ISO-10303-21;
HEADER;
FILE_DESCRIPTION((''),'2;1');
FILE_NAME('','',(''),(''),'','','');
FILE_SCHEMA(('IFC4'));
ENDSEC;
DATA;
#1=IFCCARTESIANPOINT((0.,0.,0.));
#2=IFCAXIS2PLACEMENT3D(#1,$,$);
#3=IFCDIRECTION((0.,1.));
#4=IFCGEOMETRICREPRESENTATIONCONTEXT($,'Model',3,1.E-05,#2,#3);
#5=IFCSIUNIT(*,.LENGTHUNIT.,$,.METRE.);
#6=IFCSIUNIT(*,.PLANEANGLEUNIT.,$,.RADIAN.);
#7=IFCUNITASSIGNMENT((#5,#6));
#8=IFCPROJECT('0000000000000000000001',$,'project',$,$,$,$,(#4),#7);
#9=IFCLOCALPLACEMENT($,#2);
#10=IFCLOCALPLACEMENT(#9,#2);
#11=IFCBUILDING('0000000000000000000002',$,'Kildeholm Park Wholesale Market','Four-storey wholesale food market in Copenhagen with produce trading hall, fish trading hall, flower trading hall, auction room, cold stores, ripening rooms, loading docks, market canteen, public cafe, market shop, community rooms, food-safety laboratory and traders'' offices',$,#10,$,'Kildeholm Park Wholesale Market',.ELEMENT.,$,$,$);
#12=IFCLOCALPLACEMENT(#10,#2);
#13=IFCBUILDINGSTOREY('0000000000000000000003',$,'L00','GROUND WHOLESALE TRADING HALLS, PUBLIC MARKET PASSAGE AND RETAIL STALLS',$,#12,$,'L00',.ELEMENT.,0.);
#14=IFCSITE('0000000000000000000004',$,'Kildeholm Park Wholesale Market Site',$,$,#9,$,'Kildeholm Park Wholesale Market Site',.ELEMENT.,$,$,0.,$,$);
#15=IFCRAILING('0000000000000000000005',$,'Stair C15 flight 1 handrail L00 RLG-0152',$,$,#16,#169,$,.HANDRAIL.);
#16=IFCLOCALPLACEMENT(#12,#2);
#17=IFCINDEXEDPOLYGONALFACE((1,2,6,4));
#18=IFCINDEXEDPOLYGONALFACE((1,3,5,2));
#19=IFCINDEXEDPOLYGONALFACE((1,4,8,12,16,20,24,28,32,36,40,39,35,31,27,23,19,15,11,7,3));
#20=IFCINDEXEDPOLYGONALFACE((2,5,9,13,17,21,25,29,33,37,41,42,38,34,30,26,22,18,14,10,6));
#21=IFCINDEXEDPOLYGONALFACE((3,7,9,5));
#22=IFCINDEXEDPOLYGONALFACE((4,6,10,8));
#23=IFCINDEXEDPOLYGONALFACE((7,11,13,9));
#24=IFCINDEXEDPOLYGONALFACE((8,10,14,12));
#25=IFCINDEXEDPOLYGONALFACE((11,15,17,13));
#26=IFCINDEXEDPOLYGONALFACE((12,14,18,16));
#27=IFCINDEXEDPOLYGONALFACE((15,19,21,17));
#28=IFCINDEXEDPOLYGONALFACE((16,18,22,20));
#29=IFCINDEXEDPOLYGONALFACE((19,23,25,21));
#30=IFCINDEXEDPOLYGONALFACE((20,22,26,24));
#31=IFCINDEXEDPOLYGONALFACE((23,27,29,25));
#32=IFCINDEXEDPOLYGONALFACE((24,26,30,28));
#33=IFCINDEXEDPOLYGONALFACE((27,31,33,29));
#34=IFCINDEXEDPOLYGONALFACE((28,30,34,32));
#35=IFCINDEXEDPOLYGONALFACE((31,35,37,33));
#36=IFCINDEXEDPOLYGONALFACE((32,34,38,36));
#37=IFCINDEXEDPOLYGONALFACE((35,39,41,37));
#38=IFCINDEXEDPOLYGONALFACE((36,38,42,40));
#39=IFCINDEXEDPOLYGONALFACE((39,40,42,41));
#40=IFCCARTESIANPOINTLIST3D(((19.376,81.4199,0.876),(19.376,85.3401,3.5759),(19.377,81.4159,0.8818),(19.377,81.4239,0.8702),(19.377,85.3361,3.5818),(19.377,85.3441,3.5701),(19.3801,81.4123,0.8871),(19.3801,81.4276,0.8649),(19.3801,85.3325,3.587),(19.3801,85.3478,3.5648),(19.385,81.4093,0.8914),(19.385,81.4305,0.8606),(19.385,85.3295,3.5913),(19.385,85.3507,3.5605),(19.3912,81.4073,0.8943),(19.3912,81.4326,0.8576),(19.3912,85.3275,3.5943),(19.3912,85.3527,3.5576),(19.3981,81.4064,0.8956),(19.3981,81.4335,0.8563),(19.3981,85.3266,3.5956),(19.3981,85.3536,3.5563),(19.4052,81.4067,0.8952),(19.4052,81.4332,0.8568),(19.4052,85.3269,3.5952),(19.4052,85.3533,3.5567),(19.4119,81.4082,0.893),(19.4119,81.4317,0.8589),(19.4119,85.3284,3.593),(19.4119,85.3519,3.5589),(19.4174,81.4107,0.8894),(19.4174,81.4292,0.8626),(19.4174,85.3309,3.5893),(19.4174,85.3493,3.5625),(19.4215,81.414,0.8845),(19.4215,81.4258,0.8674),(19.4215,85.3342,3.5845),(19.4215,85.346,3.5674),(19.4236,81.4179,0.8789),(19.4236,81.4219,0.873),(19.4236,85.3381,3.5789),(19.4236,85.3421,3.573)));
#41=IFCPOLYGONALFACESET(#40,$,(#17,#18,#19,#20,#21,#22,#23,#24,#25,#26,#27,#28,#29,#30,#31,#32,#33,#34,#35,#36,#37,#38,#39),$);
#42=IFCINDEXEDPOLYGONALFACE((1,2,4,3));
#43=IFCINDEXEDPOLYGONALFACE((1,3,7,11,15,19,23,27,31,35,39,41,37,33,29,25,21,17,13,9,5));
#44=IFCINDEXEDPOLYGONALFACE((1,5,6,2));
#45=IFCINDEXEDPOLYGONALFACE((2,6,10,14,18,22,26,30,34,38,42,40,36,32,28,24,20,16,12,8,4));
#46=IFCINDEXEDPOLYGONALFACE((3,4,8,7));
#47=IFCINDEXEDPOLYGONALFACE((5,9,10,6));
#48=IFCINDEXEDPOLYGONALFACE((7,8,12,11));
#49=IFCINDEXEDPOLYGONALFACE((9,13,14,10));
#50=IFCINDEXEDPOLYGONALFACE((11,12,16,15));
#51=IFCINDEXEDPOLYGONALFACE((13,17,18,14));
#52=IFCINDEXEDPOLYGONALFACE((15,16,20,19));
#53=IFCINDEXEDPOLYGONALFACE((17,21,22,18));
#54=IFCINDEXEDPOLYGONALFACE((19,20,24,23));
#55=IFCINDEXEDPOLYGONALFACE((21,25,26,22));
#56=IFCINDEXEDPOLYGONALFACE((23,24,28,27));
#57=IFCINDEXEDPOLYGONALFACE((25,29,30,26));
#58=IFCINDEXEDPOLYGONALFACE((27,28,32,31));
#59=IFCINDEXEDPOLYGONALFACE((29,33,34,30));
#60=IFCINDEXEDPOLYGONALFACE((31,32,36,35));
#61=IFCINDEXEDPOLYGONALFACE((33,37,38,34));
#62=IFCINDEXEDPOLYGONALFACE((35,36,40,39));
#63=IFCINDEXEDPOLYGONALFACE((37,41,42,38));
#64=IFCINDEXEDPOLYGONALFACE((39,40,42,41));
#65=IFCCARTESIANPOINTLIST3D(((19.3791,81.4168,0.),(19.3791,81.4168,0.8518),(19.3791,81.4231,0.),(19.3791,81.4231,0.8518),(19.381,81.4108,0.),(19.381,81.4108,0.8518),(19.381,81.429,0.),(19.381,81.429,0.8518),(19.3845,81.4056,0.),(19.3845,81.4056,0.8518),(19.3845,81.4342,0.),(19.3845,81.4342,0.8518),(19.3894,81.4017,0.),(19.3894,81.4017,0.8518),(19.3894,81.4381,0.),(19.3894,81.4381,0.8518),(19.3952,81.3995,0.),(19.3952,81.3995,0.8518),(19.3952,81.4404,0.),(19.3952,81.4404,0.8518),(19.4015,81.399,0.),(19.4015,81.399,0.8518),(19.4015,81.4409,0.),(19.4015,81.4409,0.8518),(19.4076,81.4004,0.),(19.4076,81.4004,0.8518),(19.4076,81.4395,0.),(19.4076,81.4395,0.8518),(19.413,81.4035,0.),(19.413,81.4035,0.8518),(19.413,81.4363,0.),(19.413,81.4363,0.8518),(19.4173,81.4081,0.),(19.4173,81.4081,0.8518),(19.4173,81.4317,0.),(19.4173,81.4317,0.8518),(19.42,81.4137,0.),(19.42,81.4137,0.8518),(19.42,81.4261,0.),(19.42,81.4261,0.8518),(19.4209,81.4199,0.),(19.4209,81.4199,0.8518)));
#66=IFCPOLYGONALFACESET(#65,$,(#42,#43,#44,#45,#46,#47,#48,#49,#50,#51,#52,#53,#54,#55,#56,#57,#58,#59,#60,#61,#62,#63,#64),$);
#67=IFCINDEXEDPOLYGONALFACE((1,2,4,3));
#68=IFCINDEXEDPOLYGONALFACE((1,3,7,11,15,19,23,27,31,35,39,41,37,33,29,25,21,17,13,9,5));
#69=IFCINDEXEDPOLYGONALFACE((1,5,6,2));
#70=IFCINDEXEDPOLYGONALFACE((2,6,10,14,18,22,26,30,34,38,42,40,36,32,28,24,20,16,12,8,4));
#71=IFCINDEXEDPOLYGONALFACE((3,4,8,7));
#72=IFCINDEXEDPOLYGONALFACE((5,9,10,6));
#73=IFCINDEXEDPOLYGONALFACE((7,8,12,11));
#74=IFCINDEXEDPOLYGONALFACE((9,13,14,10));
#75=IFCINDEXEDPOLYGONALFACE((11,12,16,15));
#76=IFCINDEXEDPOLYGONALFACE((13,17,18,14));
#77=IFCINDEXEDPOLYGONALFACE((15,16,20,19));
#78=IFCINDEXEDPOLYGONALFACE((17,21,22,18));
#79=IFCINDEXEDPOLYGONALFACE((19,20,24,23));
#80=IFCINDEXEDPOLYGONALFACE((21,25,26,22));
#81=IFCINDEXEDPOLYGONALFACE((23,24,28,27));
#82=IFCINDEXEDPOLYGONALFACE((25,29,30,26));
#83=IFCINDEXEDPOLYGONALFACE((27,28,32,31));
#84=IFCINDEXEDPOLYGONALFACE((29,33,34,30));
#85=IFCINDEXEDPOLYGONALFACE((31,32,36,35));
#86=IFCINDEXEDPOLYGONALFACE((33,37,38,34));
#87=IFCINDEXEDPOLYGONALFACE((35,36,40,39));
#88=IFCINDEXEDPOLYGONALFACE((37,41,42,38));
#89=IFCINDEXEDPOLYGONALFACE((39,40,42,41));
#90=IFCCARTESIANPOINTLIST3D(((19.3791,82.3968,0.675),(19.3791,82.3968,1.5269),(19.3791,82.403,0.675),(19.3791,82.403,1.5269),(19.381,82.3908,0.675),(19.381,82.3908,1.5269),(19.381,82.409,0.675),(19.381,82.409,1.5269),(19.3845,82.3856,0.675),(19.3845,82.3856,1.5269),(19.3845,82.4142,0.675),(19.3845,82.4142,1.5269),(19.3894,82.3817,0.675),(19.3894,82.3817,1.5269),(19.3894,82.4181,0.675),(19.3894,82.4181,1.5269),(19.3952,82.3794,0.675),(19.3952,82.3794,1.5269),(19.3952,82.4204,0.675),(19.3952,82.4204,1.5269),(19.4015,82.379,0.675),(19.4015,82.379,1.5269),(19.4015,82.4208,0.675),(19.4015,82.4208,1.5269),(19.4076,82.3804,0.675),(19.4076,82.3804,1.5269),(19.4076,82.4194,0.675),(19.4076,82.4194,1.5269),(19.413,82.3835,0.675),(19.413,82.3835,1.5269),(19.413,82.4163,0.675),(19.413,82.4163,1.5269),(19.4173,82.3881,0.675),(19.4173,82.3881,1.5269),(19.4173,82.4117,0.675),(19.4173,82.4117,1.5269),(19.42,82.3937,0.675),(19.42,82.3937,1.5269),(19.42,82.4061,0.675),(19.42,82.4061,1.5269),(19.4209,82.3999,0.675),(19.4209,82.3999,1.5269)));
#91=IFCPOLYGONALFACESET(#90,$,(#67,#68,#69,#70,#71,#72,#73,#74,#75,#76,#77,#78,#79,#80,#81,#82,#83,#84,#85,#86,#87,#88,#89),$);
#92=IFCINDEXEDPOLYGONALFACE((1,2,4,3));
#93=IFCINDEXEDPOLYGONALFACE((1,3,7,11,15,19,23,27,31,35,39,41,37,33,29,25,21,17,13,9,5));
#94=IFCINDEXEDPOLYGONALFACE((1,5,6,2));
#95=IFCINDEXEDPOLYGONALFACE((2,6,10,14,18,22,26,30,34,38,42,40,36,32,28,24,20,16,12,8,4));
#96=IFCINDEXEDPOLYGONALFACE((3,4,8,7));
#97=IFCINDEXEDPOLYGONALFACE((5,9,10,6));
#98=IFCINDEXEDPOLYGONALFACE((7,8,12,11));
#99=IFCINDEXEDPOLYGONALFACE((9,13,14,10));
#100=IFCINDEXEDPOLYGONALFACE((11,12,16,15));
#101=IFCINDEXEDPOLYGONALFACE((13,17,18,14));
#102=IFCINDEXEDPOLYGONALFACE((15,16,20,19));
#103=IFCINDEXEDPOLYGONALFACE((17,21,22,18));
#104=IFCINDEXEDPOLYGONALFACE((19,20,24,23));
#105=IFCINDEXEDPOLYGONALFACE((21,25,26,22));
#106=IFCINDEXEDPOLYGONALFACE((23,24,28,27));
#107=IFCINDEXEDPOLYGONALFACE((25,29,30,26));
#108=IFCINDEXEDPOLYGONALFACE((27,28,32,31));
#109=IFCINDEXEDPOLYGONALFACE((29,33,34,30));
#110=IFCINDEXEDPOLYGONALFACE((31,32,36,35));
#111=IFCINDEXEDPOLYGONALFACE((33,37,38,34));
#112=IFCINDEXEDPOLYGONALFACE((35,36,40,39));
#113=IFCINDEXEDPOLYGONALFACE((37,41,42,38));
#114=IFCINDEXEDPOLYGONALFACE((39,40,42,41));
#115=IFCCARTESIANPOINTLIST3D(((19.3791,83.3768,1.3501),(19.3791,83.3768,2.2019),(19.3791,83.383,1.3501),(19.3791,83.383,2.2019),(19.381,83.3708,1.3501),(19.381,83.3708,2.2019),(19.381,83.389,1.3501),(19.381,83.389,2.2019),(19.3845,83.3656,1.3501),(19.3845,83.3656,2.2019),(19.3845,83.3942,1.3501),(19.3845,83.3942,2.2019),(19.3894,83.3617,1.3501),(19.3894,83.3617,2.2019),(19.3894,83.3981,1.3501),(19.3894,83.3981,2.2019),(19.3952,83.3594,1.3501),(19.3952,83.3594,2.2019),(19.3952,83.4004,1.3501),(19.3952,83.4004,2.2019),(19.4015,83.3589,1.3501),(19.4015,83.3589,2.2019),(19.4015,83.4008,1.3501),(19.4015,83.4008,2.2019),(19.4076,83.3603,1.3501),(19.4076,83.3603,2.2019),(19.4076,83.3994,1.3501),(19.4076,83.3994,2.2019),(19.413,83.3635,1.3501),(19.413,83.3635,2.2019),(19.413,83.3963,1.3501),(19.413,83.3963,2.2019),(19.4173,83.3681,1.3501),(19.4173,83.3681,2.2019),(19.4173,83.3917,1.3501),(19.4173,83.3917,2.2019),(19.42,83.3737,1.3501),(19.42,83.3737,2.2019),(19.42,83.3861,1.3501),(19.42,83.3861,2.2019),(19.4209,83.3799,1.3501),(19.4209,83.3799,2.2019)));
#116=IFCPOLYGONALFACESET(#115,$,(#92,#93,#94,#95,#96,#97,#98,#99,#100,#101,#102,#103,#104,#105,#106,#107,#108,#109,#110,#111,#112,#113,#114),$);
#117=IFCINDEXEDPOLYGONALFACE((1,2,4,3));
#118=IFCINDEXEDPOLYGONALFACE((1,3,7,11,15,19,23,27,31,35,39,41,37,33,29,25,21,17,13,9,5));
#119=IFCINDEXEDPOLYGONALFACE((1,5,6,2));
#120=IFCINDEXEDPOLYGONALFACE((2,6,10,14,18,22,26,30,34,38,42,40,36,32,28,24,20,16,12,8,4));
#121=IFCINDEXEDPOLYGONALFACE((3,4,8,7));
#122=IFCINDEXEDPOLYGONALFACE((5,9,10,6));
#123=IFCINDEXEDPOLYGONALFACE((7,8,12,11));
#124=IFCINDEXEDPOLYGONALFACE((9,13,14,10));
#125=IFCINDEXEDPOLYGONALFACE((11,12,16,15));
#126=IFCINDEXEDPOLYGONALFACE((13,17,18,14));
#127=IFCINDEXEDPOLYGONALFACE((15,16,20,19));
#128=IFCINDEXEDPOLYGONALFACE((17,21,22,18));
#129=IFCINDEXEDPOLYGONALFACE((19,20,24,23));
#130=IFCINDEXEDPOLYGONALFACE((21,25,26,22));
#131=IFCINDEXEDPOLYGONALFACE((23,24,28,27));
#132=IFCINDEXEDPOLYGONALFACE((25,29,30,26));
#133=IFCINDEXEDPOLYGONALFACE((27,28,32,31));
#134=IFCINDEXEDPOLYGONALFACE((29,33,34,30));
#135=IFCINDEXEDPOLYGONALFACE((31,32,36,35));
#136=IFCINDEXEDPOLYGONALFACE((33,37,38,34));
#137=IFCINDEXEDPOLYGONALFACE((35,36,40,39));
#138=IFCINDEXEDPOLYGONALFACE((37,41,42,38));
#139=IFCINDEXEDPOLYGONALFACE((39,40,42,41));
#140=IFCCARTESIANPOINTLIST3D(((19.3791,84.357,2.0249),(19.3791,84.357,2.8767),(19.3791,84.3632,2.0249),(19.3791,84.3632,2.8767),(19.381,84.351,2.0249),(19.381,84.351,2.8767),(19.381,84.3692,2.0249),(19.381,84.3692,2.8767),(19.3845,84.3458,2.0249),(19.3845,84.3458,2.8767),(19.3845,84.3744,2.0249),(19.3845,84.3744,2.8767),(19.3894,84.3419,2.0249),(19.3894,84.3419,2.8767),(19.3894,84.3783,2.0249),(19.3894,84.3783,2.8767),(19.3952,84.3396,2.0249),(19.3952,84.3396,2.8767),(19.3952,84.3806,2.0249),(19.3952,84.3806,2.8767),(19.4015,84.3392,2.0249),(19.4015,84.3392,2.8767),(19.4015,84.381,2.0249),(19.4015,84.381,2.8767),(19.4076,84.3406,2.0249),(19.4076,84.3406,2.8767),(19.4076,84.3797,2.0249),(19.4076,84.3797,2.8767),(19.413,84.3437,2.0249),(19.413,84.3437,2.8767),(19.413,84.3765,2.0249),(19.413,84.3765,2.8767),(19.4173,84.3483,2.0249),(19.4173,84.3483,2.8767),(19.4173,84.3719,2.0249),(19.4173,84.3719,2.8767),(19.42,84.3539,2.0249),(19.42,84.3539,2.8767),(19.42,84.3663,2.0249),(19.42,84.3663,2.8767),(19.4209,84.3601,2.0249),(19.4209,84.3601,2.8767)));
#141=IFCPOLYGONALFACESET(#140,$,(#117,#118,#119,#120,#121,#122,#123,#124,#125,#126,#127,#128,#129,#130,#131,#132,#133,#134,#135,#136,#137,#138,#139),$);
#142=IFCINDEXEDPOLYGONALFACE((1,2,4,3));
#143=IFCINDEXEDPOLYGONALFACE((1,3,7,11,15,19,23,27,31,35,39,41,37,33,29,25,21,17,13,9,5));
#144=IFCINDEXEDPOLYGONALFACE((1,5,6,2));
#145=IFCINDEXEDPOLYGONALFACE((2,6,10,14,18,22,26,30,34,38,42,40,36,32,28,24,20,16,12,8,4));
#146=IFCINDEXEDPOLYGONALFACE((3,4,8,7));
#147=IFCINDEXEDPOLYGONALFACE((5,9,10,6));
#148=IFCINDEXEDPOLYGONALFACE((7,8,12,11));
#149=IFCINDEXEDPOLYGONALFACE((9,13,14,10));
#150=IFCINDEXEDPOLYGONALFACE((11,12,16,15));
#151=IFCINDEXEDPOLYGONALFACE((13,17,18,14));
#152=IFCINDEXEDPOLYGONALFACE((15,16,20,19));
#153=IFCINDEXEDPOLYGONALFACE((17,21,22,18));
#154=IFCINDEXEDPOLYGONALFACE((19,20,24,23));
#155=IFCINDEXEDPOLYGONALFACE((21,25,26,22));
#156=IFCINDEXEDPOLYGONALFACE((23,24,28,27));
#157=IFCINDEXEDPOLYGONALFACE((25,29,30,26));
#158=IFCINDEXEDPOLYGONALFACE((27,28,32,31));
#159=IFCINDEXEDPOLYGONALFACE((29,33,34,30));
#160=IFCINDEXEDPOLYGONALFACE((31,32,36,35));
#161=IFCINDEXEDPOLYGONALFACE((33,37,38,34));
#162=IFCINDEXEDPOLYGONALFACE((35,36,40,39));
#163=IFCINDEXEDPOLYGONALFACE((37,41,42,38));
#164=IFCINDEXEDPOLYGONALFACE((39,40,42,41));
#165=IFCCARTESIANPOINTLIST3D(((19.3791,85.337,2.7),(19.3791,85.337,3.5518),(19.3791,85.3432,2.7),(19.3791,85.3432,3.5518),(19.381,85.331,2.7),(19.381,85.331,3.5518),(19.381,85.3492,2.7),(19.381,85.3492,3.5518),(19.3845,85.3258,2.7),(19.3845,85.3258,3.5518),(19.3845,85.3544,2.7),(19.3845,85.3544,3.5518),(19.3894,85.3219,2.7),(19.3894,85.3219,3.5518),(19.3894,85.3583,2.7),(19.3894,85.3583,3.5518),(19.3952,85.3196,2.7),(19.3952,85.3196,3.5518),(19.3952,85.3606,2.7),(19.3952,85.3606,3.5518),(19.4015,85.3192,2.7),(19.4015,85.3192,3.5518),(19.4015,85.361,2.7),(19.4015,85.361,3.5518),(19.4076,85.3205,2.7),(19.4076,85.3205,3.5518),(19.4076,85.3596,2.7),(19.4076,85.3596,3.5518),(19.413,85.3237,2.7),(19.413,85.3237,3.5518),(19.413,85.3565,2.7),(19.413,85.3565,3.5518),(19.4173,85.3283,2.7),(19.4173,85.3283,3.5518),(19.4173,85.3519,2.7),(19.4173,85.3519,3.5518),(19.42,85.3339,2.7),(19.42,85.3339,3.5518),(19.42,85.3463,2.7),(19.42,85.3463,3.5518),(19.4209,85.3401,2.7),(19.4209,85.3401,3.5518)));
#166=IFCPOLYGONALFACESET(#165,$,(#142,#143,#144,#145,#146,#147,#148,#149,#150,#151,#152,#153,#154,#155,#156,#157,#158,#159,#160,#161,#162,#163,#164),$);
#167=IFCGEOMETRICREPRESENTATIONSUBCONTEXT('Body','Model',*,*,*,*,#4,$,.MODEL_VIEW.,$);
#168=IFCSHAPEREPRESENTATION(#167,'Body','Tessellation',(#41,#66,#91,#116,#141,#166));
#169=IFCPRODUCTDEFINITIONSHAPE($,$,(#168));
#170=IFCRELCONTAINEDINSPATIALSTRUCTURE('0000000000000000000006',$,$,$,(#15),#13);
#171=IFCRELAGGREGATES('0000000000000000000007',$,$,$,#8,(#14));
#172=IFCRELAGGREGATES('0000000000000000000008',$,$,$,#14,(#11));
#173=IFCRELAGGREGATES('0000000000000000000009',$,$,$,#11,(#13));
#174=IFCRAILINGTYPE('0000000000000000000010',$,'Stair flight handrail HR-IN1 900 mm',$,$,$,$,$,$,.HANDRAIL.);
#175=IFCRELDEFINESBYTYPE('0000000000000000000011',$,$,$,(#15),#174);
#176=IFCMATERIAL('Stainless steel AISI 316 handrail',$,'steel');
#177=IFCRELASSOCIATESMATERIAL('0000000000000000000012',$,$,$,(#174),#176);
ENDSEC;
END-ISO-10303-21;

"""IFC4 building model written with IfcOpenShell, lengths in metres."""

from ifc_helpers import new_model, si_unit, direction, frame, origin, origin_2d, place, context, subcontext, project, spatial, circle, extrude, material, type_object, element, save


model = new_model("IFC4")

# Units and contexts
model_context = context("Model", 3, precision=1e-05, world=origin(), true_north=direction((0.0, 1.0)))
body_context = subcontext(model_context, "Body", "Model", "MODEL_VIEW")
ifc_project = project(units=[si_unit("LENGTHUNIT", "METRE"), si_unit("PLANEANGLEUNIT", "RADIAN")], contexts=[model_context])

# Site, building, storey
site_placement = place(None, origin())
site = spatial("IfcSite", under=ifc_project, at=site_placement, Name="Kildeholm Park Wholesale Market Site", LongName="Kildeholm Park Wholesale Market Site", CompositionType="ELEMENT", RefElevation=0.0)
building_placement = place(site_placement, origin())
building = spatial("IfcBuilding", under=site, at=building_placement, Name="Kildeholm Park Wholesale Market", Description="Four-storey wholesale food market in Copenhagen with produce trading hall, fish trading hall, flower trading hall, auction room, cold stores, ripening rooms, loading docks, market canteen, public cafe, market shop, community rooms, food-safety laboratory and traders' offices", LongName="Kildeholm Park Wholesale Market", CompositionType="ELEMENT")
storey_placement = place(building_placement, origin())
storey = spatial("IfcBuildingStorey", under=building, at=storey_placement, Name="L00", Description="GROUND WHOLESALE TRADING HALLS, PUBLIC MARKET PASSAGE AND RETAIL STALLS", LongName="L00", CompositionType="ELEMENT", Elevation=0.0)

# Railing
ifc_material_1 = material(Name="Stainless steel AISI 316 handrail", Category="steel")
railing_type_1 = type_object("IfcRailingType", Name="Stair flight handrail HR-IN1 900 mm", PredefinedType="HANDRAIL", material=ifc_material_1)
railing_1_placement = place(storey_placement, frame((19.3999, 81.4199, 0.0)))
element("IfcRailing", 1, at=railing_1_placement, inside=storey, type_object=railing_type_1, Name="Stair C15 flight 1 handrail L00 RLG-0152", PredefinedType="HANDRAIL", context=body_context, shape_type="SweptSolid", body=[
    extrude(circle(Radius=0.0239, at=origin_2d()), frame((0.0, 0.0, 0.876), z_axis=(0.0, 0.823567, 0.567219), x_axis=(-1.0, 0.0, 0.0)), (0.0, 0.0, 1.0), 4.76),
    extrude(circle(Radius=0.021, at=origin_2d()), origin(), (0.0, 0.0, 1.0), 0.8518),
    extrude(circle(Radius=0.021, at=origin_2d()), frame((0.0, 0.98, 0.675)), (0.0, 0.0, 1.0), 0.8518),
    extrude(circle(Radius=0.021, at=origin_2d()), frame((0.0, 1.96, 1.3501)), (0.0, 0.0, 1.0), 0.8518),
    extrude(circle(Radius=0.021, at=origin_2d()), frame((0.0, 2.9402, 2.0249)), (0.0, 0.0, 1.0), 0.8518),
    extrude(circle(Radius=0.021, at=origin_2d()), frame((0.0, 3.9202, 2.7)), (0.0, 0.0, 1.0), 0.8518),
])

save(model, "model.ifc")
